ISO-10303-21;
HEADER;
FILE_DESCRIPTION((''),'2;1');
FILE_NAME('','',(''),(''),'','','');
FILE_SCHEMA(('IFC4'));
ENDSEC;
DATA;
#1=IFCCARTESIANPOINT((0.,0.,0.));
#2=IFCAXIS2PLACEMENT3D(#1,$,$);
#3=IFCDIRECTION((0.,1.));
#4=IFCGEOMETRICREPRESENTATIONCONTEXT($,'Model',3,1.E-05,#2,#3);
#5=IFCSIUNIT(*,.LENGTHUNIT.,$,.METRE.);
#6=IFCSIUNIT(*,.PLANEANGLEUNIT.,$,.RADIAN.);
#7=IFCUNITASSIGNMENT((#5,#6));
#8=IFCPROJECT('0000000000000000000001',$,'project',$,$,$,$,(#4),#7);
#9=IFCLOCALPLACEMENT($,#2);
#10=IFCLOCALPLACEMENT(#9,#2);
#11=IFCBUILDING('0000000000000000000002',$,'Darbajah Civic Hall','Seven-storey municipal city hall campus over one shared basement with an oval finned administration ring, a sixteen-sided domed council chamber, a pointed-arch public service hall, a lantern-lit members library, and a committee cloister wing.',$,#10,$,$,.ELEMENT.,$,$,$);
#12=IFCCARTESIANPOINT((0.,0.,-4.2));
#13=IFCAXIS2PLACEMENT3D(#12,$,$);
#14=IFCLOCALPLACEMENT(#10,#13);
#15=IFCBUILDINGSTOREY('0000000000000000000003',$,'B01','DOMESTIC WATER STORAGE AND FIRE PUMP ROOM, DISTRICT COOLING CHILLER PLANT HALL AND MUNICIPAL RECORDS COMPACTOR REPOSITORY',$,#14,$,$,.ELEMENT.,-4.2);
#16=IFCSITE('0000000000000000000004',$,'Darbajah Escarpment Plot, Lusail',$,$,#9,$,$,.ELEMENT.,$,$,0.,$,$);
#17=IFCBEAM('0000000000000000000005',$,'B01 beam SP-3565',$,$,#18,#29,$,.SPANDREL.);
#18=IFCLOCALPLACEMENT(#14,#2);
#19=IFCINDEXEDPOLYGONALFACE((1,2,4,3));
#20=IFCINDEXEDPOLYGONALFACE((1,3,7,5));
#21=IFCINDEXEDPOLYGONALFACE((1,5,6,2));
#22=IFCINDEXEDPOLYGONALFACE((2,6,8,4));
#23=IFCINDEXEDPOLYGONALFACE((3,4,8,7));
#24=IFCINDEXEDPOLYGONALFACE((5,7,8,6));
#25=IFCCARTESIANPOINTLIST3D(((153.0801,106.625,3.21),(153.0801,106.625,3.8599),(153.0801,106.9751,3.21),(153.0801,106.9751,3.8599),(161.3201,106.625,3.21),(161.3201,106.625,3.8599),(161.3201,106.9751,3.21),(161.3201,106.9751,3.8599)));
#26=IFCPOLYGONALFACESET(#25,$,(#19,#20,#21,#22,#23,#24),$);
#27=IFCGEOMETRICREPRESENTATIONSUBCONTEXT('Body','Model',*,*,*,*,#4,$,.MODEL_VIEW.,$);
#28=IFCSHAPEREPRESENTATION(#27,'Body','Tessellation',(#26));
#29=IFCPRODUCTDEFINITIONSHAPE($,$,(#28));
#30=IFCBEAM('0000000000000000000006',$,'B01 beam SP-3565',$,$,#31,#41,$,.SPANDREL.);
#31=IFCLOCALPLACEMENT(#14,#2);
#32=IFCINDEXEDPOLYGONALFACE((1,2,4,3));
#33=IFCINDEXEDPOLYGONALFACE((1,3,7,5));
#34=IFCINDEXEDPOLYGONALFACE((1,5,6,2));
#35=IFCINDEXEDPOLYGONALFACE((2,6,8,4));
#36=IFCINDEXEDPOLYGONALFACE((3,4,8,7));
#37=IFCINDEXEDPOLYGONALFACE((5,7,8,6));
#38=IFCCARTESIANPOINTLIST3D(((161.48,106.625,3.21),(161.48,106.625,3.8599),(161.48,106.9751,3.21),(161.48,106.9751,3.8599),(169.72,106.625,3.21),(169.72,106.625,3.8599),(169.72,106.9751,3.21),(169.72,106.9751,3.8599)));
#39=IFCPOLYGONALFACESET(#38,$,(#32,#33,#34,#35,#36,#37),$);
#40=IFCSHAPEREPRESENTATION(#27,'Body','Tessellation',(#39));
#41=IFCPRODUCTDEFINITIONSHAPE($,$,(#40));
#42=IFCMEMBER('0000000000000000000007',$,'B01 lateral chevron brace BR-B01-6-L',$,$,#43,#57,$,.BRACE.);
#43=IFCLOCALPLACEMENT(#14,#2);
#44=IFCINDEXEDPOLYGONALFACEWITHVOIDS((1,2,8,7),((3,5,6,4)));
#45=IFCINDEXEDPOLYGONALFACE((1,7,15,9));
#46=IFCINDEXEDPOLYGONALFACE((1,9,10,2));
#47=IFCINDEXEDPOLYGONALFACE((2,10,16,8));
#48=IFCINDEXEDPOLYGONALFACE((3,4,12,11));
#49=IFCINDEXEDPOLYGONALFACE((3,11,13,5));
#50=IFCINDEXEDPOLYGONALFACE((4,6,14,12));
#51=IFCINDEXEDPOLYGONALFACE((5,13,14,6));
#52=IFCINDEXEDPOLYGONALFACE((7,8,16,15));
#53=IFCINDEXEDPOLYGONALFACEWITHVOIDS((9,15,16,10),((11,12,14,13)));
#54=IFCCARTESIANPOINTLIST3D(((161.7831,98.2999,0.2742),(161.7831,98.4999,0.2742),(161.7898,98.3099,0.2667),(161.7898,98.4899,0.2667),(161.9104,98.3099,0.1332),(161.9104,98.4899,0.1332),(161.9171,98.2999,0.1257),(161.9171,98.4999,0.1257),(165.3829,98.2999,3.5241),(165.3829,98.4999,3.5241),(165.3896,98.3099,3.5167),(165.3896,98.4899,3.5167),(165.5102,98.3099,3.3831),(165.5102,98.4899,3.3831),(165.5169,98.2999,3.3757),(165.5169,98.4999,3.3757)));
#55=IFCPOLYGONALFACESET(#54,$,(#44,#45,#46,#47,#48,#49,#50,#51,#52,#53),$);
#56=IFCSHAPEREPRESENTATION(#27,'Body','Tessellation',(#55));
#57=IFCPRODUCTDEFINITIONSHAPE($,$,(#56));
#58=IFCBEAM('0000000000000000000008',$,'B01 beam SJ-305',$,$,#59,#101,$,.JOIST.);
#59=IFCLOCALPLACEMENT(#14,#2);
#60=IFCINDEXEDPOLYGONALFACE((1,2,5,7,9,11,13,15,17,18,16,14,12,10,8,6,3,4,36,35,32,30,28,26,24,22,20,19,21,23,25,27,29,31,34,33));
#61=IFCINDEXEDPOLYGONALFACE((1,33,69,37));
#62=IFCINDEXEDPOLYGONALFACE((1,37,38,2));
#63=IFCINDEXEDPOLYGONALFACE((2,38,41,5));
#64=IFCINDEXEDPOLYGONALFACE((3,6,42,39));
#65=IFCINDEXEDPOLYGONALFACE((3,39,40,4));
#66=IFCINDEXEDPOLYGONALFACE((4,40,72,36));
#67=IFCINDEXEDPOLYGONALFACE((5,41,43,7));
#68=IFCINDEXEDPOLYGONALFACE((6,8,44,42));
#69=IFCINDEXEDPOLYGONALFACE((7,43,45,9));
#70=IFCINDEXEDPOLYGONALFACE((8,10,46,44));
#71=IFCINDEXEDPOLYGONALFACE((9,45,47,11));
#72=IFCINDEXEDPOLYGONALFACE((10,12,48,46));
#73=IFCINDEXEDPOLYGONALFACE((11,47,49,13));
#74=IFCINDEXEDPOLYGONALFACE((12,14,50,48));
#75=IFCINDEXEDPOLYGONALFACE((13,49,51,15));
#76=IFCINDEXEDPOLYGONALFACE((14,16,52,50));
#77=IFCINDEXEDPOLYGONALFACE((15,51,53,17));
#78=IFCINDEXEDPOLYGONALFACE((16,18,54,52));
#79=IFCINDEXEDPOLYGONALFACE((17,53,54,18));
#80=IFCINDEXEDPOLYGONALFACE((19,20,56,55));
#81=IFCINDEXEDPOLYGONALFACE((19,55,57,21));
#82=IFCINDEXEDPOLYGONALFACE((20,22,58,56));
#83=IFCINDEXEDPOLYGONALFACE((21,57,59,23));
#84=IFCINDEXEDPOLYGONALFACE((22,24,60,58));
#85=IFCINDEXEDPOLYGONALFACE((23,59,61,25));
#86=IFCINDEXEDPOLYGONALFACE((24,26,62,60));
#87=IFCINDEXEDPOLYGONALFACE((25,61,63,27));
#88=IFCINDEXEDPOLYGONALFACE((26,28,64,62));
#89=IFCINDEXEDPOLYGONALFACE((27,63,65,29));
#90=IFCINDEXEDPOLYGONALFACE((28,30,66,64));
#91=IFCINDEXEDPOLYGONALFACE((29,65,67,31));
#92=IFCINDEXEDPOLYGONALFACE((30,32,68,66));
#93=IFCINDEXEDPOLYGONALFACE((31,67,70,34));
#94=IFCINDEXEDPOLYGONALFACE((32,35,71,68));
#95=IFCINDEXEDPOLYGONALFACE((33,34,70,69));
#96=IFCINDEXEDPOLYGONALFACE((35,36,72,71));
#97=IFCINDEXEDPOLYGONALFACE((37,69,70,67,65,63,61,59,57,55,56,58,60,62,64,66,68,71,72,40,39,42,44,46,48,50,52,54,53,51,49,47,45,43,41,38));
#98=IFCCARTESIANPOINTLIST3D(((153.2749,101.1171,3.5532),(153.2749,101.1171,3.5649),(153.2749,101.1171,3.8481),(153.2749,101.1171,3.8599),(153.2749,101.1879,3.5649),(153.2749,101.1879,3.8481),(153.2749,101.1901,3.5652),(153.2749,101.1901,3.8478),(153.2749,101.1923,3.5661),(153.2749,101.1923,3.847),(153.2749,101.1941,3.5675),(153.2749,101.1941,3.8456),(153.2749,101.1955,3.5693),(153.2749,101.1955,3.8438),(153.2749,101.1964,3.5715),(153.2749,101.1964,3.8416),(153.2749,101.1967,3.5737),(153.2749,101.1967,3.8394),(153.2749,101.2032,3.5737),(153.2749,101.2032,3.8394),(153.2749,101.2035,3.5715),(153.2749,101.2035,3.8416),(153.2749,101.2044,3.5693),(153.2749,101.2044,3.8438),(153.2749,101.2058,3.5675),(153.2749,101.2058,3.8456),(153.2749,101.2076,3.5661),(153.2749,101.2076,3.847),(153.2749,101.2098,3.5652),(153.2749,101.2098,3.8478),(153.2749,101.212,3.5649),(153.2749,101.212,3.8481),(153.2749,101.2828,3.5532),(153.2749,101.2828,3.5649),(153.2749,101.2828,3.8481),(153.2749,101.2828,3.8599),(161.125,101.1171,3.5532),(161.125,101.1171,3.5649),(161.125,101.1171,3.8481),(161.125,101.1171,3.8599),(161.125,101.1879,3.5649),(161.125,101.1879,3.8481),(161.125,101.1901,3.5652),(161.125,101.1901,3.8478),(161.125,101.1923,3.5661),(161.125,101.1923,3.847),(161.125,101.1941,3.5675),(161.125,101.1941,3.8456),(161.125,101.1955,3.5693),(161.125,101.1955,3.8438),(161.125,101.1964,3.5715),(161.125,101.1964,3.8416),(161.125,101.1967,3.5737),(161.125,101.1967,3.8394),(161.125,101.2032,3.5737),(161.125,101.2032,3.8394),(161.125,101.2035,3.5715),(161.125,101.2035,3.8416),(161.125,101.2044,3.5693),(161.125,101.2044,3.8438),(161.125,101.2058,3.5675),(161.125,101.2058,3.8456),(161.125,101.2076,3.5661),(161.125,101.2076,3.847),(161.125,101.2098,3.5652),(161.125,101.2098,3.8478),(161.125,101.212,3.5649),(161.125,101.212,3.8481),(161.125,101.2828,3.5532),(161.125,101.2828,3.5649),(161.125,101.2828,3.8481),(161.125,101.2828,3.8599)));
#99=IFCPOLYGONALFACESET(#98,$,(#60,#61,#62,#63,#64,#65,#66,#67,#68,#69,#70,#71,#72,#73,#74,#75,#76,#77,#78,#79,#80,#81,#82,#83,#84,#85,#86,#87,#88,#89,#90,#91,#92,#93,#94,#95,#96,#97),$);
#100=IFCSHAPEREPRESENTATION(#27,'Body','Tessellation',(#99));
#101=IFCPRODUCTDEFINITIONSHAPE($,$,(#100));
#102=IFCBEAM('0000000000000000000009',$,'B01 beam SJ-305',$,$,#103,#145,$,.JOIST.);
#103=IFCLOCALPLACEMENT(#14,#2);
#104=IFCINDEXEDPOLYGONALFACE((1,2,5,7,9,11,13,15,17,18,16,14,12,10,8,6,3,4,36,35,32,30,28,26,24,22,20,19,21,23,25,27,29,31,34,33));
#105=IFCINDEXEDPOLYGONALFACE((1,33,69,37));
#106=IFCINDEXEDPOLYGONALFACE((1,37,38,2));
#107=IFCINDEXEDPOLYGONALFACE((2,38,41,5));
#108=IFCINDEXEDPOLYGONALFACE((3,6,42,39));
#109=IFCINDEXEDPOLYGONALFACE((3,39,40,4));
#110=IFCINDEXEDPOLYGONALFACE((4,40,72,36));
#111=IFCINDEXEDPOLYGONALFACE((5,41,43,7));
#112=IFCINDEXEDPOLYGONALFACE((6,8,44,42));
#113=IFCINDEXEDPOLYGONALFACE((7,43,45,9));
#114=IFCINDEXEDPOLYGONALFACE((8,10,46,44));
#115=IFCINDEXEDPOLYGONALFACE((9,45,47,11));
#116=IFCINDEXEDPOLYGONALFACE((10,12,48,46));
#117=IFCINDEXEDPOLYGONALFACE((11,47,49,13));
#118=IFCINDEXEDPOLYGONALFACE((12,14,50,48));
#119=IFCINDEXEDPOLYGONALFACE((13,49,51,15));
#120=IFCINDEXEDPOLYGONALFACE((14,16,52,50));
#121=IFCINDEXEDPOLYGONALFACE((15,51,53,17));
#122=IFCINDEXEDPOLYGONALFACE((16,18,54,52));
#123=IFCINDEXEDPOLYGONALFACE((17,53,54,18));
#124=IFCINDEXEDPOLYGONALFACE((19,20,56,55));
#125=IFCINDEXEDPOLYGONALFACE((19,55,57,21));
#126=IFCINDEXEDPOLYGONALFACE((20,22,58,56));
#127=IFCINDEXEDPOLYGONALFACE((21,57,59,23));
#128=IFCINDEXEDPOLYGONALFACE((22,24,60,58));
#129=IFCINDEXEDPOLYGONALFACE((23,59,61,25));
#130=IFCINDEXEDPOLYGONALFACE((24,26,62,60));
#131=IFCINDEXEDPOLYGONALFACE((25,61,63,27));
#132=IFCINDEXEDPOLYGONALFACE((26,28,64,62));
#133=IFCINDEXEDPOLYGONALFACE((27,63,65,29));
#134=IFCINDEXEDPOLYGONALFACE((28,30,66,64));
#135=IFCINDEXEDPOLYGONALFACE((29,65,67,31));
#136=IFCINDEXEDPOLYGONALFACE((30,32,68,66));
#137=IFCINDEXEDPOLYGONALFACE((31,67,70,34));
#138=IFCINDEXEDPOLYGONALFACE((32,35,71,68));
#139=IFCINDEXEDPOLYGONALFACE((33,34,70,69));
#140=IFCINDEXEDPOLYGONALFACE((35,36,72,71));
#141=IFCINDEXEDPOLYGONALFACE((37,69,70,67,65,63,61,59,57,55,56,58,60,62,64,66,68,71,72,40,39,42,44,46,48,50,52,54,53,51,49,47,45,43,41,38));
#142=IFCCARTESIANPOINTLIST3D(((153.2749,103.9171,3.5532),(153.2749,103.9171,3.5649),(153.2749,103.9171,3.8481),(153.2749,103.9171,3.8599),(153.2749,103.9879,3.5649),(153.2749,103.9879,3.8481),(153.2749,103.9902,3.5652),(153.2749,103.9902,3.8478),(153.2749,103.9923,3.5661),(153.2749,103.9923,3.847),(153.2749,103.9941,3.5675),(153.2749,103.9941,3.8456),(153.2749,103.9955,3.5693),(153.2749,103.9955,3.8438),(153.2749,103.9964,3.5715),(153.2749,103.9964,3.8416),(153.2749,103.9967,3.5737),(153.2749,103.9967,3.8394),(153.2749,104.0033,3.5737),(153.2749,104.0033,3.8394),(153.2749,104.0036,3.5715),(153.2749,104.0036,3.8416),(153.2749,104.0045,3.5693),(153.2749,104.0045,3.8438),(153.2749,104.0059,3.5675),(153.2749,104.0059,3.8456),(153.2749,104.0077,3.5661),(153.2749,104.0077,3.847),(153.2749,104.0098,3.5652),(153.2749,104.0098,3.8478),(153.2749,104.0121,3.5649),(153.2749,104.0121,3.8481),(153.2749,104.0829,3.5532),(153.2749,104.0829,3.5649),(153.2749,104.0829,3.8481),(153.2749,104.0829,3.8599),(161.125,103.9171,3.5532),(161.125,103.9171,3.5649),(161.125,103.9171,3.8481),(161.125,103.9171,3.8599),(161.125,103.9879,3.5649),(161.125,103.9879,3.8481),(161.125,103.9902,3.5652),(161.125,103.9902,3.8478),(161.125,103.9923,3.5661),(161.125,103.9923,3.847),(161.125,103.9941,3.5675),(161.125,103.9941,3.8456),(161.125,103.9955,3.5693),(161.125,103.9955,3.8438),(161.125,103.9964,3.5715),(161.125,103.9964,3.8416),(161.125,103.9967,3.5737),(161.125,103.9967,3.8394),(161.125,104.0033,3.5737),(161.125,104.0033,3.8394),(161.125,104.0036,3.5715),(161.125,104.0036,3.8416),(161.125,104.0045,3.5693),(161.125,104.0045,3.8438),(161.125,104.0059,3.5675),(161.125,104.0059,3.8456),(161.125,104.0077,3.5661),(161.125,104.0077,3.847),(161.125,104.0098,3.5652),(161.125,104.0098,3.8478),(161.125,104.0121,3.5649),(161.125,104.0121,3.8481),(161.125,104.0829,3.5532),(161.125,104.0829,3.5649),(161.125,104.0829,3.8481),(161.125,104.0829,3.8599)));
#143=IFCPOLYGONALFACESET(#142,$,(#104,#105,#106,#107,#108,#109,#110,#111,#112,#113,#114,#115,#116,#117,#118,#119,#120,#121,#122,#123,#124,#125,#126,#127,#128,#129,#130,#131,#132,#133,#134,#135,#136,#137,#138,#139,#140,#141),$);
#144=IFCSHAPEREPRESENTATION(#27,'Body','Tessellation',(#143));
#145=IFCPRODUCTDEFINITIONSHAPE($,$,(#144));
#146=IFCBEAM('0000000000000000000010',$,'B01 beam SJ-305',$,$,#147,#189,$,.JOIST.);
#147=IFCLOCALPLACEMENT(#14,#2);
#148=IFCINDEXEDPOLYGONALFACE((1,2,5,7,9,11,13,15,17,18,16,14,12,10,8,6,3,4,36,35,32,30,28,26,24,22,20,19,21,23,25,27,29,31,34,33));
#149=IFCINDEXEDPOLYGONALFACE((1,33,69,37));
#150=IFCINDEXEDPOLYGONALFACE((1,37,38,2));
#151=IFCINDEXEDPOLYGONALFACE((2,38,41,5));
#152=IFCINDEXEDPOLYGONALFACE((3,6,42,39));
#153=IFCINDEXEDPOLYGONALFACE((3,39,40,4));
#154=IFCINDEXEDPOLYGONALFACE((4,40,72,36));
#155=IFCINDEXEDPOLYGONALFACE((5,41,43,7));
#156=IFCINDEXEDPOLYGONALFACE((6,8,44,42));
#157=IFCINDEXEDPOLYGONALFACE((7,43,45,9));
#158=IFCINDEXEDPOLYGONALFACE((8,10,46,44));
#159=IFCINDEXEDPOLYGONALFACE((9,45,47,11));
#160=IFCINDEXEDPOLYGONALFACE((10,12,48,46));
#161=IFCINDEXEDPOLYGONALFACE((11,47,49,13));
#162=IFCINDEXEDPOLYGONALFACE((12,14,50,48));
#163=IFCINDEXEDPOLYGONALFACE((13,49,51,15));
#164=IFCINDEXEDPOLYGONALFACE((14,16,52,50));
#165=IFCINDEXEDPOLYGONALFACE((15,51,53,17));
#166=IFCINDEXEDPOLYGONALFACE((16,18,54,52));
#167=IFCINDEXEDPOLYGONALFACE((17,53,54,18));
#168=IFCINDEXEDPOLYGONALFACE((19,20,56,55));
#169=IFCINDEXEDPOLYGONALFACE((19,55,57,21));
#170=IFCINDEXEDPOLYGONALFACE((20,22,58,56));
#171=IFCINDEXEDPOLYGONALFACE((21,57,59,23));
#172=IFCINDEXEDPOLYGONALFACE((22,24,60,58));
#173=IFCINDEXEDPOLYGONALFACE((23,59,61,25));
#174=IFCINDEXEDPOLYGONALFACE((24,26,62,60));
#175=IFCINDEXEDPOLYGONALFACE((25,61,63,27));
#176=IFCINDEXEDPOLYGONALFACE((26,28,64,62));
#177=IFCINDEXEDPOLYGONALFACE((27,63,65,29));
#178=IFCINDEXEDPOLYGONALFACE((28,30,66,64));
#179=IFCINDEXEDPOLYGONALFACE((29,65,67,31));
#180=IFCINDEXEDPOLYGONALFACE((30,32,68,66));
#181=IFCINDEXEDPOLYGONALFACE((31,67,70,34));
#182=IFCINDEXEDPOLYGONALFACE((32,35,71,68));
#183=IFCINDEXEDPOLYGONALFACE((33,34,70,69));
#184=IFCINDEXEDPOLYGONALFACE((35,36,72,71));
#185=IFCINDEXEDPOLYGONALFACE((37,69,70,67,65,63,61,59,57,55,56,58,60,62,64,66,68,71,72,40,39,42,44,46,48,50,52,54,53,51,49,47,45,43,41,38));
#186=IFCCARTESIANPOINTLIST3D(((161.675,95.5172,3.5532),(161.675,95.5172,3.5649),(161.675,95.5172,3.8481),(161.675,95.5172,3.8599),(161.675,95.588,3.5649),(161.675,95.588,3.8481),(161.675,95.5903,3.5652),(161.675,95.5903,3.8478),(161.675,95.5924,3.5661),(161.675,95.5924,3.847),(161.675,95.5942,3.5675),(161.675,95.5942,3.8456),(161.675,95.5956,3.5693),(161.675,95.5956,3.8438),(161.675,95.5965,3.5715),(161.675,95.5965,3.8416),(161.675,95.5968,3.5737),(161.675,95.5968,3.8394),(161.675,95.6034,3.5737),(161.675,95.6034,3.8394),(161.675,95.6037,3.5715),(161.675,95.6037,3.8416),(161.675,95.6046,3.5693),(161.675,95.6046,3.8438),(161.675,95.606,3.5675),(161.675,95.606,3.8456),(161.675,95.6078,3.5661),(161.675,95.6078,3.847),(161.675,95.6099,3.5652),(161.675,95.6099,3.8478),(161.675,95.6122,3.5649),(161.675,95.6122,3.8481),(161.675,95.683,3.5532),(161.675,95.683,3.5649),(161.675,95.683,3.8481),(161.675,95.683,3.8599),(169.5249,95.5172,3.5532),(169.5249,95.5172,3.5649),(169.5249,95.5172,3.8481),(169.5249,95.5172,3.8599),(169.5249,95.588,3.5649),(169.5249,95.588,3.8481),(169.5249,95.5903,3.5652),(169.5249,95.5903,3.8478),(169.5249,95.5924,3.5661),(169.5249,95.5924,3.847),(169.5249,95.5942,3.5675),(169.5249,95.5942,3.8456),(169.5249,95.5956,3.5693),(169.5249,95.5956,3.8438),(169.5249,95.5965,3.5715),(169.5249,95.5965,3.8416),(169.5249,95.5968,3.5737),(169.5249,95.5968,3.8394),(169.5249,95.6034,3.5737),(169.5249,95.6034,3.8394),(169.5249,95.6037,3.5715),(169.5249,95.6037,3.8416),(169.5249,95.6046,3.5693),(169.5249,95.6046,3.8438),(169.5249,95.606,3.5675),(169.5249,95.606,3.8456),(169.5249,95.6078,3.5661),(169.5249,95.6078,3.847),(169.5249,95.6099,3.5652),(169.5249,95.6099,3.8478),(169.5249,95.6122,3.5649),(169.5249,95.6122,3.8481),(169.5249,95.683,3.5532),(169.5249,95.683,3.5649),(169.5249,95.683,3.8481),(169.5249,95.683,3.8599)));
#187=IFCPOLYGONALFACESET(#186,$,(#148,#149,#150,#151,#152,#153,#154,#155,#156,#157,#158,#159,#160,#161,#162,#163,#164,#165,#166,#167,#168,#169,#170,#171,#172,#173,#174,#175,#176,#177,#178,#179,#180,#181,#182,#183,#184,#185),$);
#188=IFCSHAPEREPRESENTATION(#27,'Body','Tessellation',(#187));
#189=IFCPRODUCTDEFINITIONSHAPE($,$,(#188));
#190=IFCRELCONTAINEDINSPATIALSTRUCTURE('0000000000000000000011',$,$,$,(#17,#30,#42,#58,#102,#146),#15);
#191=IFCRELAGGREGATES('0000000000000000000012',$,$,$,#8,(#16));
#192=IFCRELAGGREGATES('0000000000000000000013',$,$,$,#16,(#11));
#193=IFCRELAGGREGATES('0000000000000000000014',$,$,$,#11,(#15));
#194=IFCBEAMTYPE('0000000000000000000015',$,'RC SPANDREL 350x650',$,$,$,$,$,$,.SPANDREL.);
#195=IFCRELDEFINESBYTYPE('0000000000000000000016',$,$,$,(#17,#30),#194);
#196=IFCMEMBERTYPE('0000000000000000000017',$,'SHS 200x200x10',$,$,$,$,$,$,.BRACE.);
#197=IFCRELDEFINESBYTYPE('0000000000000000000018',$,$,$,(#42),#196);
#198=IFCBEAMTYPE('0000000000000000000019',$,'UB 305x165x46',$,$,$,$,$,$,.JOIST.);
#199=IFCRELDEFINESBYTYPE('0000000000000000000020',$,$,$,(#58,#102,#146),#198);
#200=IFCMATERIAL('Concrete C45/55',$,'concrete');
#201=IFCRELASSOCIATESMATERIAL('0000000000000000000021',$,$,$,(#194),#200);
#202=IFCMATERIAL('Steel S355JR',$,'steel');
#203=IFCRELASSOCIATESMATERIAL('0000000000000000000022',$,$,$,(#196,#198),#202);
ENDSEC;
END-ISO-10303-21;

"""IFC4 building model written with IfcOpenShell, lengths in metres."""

from ifc_helpers import new_model, si_unit, direction, frame, origin, origin_2d, place, context, subcontext, project, spatial, rectangle, hollow_rectangle, i_section, extrude, material, material_profile, profile_set, type_object, element, save


model = new_model("IFC4")

# Units and contexts
model_context = context("Model", 3, precision=1e-05, world=origin(), true_north=direction((0.0, 1.0)))
body_context = subcontext(model_context, "Body", "Model", "MODEL_VIEW")
ifc_project = project(units=[si_unit("LENGTHUNIT", "METRE"), si_unit("PLANEANGLEUNIT", "RADIAN")], contexts=[model_context])

# Site, building, storey
site_placement = place(None, origin())
site = spatial("IfcSite", under=ifc_project, at=site_placement, Name="Darbajah Escarpment Plot, Lusail", CompositionType="ELEMENT", RefElevation=0.0)
building_placement = place(site_placement, origin())
building = spatial("IfcBuilding", under=site, at=building_placement, Name="Darbajah Civic Hall", Description="Seven-storey municipal city hall campus over one shared basement with an oval finned administration ring, a sixteen-sided domed council chamber, a pointed-arch public service hall, a lantern-lit members library, and a committee cloister wing.", CompositionType="ELEMENT")
storey_placement = place(building_placement, frame((0.0, 0.0, -4.2)))
storey = spatial("IfcBuildingStorey", under=building, at=storey_placement, Name="B01", Description="DOMESTIC WATER STORAGE AND FIRE PUMP ROOM, DISTRICT COOLING CHILLER PLANT HALL AND MUNICIPAL RECORDS COMPACTOR REPOSITORY", CompositionType="ELEMENT", Elevation=-4.2)

# Shared definitions
ifc_material_1 = material(Name="Concrete C45/55", Category="concrete")

# Beams
ifc_material_profile_1 = material_profile(ifc_material_1, rectangle(XDim=0.3501, YDim=0.6499, at=origin_2d()), Name="RC SPANDREL 350x650")
ifc_profile_set_1 = profile_set([ifc_material_profile_1], Name="Concrete C45/55")
beam_type_1 = type_object("IfcBeamType", Name="RC SPANDREL 350x650", PredefinedType="SPANDREL", material=ifc_profile_set_1)
for number, where, z_axis, x_axis, name in (
    (1, (153.0801, 106.8, 3.5349), (1.0, 0.0, 0.0), (0.0, 1.0, 0.0), "B01 beam SP-3565"),
    (2, (161.48, 106.8, 3.5349), (1.0, 0.0, 0.0), (0.0, 1.0, 0.0), "B01 beam SP-3565"),
):
    element("IfcBeam", number, at=place(storey_placement, frame(where, z_axis=z_axis, x_axis=x_axis)), inside=storey, type_object=beam_type_1, Name=name, PredefinedType="SPANDREL", context=body_context, shape_type="SweptSolid", body=[
        extrude(rectangle(XDim=0.3501, YDim=0.6499, at=origin_2d()), origin(), (0.0, 0.0, 1.0), 8.24),
    ])

# Member
ifc_material_2 = material(Name="Steel S355JR", Category="steel")
ifc_material_profile_2 = material_profile(ifc_material_2, hollow_rectangle(XDim=0.2, YDim=0.2, WallThickness=0.01, at=origin_2d()), Name="SHS 200x200x10")
ifc_profile_set_2 = profile_set([ifc_material_profile_2], Name="Steel S355JR")
member_type = type_object("IfcMemberType", Name="SHS 200x200x10", PredefinedType="BRACE", material=ifc_profile_set_2)
member_placement = place(storey_placement, frame((161.8501, 98.3999, 0.2), z_axis=(0.742254, 0.0, 0.670118), x_axis=(0.0, 1.0, 0.0)))
element("IfcMember", 3, at=member_placement, inside=storey, type_object=member_type, Name="B01 lateral chevron brace BR-B01-6-L", PredefinedType="BRACE", context=body_context, shape_type="SweptSolid", body=[
    extrude(hollow_rectangle(XDim=0.2, YDim=0.2, WallThickness=0.01, at=origin_2d()), origin(), (0.0, 0.0, 1.0), 4.8499),
])

# Beams
ifc_material_profile_3 = material_profile(ifc_material_2, i_section(OverallWidth=0.1658, OverallDepth=0.3066, WebThickness=0.0066, FlangeThickness=0.0117, FilletRadius=0.0088, at=origin_2d()), Name="UB 305x165x46")
ifc_profile_set_3 = profile_set([ifc_material_profile_3], Name="Steel S355JR")
beam_type_2 = type_object("IfcBeamType", Name="UB 305x165x46", PredefinedType="JOIST", material=ifc_profile_set_3)
for number, where, z_axis, x_axis, name in (
    (4, (153.2749, 101.2, 3.7065), (1.0, 0.0, 0.0), (0.0, 1.0, 0.0), "B01 beam SJ-305"),
    (5, (153.2749, 104.0, 3.7065), (1.0, 0.0, 0.0), (0.0, 1.0, 0.0), "B01 beam SJ-305"),
):
    element("IfcBeam", number, at=place(storey_placement, frame(where, z_axis=z_axis, x_axis=x_axis)), inside=storey, type_object=beam_type_2, Name=name, PredefinedType="JOIST", context=body_context, shape_type="SweptSolid", body=[
        extrude(i_section(OverallWidth=0.1658, OverallDepth=0.3066, WebThickness=0.0066, FlangeThickness=0.0117, FilletRadius=0.0088, at=origin_2d()), origin(), (0.0, 0.0, 1.0), 7.8501),
    ])
for number, where, z_axis, x_axis, name in (
    (6, (161.675, 95.6001, 3.7065), (1.0, 0.0, 0.0), (0.0, 1.0, 0.0), "B01 beam SJ-305"),
):
    element("IfcBeam", number, at=place(storey_placement, frame(where, z_axis=z_axis, x_axis=x_axis)), inside=storey, type_object=beam_type_2, Name=name, PredefinedType="JOIST", context=body_context, shape_type="SweptSolid", body=[
        extrude(i_section(OverallWidth=0.1658, OverallDepth=0.3066, WebThickness=0.0066, FlangeThickness=0.0117, FilletRadius=0.0088, at=origin_2d()), origin(), (0.0, 0.0, 1.0), 7.8499),
    ])

save(model, "model.ifc")
